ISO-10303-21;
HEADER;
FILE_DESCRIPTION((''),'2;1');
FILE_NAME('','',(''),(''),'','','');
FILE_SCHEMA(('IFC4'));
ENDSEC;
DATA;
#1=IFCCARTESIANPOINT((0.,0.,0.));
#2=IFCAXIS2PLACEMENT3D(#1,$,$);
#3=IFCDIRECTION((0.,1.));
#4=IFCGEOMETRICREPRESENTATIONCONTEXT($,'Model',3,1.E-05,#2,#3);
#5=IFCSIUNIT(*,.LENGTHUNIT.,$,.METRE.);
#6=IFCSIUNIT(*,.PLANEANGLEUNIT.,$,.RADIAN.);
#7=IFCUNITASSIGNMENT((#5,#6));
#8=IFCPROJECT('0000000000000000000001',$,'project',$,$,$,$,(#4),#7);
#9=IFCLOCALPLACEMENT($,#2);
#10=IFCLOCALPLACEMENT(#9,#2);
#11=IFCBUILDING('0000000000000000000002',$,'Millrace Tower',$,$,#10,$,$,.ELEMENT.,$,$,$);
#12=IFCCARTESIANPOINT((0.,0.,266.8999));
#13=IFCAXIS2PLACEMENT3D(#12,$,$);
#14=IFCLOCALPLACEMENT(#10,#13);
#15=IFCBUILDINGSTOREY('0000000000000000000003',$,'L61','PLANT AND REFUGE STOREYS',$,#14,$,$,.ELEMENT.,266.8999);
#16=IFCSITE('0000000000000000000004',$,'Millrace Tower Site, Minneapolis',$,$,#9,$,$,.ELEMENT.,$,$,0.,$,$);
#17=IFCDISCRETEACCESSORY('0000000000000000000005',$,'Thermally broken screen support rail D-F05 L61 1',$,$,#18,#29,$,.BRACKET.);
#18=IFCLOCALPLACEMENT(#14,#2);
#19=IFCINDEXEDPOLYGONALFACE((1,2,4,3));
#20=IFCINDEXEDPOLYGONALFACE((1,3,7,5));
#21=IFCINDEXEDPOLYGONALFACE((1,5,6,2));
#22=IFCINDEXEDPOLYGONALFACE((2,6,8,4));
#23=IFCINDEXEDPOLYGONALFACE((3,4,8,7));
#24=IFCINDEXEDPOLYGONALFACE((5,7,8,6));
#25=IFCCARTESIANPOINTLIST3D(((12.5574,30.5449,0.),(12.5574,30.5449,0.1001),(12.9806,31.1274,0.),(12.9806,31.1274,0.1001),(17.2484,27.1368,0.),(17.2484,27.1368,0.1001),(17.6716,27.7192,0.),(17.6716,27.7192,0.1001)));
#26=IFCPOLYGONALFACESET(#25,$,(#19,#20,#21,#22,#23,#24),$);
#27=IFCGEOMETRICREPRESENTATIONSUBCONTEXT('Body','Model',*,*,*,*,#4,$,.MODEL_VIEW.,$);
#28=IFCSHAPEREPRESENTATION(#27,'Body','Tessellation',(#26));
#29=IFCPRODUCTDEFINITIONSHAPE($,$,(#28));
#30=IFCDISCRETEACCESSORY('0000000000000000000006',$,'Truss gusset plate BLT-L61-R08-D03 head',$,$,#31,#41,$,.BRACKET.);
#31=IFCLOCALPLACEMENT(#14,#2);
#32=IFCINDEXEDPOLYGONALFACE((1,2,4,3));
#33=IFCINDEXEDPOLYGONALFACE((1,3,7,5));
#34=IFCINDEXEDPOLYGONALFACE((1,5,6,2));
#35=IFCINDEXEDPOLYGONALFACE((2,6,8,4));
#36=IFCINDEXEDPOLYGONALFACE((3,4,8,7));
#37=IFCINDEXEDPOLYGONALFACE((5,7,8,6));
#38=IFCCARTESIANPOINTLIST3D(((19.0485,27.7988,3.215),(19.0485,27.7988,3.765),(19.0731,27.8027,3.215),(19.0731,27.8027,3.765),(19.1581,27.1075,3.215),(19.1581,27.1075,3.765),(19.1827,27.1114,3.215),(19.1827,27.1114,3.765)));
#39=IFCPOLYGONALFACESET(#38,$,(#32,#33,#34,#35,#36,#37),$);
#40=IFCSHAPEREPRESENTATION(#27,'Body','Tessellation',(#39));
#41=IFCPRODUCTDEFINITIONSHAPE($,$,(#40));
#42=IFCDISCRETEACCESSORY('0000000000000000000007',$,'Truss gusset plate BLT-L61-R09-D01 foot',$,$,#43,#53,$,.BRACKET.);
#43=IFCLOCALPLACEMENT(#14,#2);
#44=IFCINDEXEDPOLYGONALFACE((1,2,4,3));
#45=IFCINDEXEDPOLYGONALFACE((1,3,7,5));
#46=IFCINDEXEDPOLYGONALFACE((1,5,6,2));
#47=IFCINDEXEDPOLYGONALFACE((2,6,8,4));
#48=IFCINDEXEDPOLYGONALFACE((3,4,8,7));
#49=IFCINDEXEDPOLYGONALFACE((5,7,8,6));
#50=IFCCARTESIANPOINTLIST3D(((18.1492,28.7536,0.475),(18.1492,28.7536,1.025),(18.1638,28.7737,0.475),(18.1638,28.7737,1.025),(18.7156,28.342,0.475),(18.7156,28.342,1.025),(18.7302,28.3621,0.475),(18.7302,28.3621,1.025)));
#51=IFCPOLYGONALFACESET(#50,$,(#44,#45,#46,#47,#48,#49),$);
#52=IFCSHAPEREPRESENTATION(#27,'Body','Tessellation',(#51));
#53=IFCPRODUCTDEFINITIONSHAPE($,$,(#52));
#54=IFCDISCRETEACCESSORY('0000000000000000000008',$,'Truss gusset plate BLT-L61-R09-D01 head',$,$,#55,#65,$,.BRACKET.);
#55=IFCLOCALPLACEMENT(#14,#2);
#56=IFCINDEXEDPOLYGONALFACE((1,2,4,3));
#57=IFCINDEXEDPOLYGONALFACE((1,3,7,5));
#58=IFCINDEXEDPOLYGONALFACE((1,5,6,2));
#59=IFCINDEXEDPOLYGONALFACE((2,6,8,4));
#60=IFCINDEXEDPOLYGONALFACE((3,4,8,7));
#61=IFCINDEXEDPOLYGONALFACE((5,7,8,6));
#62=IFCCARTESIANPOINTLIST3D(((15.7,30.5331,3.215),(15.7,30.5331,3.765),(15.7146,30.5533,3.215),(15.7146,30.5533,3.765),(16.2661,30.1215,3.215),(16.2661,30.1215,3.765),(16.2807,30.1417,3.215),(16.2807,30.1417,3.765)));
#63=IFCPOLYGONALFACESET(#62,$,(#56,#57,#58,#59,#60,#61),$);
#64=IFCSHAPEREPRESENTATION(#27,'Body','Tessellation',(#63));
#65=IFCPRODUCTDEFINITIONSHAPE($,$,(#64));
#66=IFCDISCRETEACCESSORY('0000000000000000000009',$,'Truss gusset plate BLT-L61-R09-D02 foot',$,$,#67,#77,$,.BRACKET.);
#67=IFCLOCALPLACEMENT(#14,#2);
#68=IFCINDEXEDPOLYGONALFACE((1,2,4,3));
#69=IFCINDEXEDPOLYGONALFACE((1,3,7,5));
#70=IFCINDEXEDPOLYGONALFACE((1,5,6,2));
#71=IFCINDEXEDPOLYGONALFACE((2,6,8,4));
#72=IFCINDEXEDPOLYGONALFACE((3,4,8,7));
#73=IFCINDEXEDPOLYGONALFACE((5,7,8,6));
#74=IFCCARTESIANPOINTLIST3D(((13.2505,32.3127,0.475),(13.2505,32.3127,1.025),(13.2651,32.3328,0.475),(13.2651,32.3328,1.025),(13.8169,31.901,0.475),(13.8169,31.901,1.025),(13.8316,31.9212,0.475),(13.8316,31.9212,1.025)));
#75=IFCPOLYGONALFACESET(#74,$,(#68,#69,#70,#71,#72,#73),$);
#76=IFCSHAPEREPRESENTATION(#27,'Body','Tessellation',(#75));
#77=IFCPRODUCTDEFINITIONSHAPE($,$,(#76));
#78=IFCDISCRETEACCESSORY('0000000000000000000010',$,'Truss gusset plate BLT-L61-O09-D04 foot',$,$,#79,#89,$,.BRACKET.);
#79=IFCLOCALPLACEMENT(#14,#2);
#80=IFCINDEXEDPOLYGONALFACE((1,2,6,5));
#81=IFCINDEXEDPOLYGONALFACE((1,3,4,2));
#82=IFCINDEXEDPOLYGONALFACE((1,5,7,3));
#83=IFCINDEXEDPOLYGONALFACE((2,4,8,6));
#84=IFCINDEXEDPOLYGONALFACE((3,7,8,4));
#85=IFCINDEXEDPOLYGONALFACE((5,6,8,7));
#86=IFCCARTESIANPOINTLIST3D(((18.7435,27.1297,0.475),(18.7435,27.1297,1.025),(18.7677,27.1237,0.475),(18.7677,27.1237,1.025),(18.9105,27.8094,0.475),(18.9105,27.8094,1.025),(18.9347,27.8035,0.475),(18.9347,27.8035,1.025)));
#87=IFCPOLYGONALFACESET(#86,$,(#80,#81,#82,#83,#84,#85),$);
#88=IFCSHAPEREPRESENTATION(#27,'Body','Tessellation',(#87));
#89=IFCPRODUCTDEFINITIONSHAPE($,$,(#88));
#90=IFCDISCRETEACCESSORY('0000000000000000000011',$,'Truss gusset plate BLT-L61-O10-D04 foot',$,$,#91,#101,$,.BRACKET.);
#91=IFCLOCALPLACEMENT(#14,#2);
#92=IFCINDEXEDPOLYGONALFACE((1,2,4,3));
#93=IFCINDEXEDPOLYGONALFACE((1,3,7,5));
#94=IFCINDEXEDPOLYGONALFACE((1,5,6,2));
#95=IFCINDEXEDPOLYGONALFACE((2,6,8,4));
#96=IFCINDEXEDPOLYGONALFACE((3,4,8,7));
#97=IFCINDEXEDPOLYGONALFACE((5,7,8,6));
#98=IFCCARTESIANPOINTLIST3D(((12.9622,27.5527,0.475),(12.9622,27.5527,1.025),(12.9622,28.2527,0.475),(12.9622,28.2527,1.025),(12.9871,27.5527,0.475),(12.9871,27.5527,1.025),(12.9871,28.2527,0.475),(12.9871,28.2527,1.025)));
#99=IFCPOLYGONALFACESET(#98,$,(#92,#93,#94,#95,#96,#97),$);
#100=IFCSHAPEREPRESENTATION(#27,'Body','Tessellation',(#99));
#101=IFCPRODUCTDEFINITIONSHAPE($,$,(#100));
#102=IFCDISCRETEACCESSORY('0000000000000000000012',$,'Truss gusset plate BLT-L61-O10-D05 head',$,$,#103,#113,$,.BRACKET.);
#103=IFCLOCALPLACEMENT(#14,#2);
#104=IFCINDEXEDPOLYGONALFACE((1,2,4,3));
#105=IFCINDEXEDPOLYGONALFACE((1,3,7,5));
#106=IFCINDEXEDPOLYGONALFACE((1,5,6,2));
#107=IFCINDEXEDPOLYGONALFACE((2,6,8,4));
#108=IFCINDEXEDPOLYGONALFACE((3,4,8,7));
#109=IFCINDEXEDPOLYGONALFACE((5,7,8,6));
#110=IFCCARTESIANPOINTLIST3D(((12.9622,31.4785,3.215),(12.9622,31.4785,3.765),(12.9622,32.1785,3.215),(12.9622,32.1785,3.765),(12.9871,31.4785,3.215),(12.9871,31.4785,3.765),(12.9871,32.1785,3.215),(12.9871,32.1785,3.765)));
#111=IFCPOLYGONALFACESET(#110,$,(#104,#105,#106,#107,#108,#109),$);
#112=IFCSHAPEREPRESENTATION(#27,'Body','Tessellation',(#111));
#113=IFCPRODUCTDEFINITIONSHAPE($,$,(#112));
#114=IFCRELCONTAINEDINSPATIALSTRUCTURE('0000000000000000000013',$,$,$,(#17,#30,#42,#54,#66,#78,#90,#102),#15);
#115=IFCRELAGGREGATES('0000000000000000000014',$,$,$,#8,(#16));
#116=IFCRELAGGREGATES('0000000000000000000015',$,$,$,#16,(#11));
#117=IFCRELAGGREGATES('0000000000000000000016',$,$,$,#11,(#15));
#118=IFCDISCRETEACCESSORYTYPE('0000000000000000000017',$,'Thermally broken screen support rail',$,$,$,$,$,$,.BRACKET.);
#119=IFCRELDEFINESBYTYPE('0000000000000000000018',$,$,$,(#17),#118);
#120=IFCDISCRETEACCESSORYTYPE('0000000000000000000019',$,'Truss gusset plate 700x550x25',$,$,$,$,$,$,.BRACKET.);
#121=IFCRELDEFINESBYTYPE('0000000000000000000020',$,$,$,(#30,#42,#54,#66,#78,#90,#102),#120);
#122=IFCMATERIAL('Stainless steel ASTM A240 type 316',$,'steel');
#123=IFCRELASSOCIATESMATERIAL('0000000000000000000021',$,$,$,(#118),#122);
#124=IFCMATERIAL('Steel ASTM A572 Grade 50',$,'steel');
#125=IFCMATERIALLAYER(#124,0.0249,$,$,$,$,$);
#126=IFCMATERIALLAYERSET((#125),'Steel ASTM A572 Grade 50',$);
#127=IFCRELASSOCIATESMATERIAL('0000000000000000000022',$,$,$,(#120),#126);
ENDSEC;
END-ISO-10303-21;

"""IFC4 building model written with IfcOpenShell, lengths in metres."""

from ifc_helpers import new_model, si_unit, direction, frame, origin, origin_2d, place, context, subcontext, project, spatial, rectangle, extrude, material, layer, layer_set, type_object, element, save


model = new_model("IFC4")

# Units and contexts
model_context = context("Model", 3, precision=1e-05, world=origin(), true_north=direction((0.0, 1.0)))
body_context = subcontext(model_context, "Body", "Model", "MODEL_VIEW")
ifc_project = project(units=[si_unit("LENGTHUNIT", "METRE"), si_unit("PLANEANGLEUNIT", "RADIAN")], contexts=[model_context])

# Site, building, storey
site_placement = place(None, origin())
site = spatial("IfcSite", under=ifc_project, at=site_placement, Name="Millrace Tower Site, Minneapolis", CompositionType="ELEMENT", RefElevation=0.0)
building_placement = place(site_placement, origin())
building = spatial("IfcBuilding", under=site, at=building_placement, Name="Millrace Tower", CompositionType="ELEMENT")
storey_placement = place(building_placement, frame((0.0, 0.0, 266.8999)))
storey = spatial("IfcBuildingStorey", under=building, at=storey_placement, Name="L61", Description="PLANT AND REFUGE STOREYS", CompositionType="ELEMENT", Elevation=266.8999)

# Discrete accessories
ifc_material_1 = material(Name="Stainless steel ASTM A240 type 316", Category="steel")
discrete_accessory_type_1 = type_object("IfcDiscreteAccessoryType", Name="Thermally broken screen support rail", PredefinedType="BRACKET", material=ifc_material_1)
discrete_accessory_1_placement = place(storey_placement, frame((15.1145, 29.1321, 0.0), z_axis=(0.0, 0.0, 1.0), x_axis=(-0.809017, 0.587785, 0.0)))
element("IfcDiscreteAccessory", 1, at=discrete_accessory_1_placement, inside=storey, type_object=discrete_accessory_type_1, Name="Thermally broken screen support rail D-F05 L61 1", PredefinedType="BRACKET", context=body_context, shape_type="SweptSolid", body=[
    extrude(rectangle(XDim=5.7983, YDim=0.72, at=origin_2d()), origin(), (0.0, 0.0, 1.0), 0.1001),
])
ifc_material_2 = material(Name="Steel ASTM A572 Grade 50", Category="steel")
ifc_layer_1 = layer(ifc_material_2, 0.0249)
ifc_layer_set_1 = layer_set([ifc_layer_1], Name="Steel ASTM A572 Grade 50")
discrete_accessory_type_2 = type_object("IfcDiscreteAccessoryType", Name="Truss gusset plate 700x550x25", PredefinedType="BRACKET", material=ifc_layer_set_1)
discrete_accessory_2_placement = place(storey_placement, frame((19.0608, 27.8008, 3.49), z_axis=(0.156589, -0.987664, 0.0), x_axis=(0.987664, 0.156589, 0.0)))
element("IfcDiscreteAccessory", 2, at=discrete_accessory_2_placement, inside=storey, type_object=discrete_accessory_type_2, Name="Truss gusset plate BLT-L61-R08-D03 head", PredefinedType="BRACKET", context=body_context, shape_type="SweptSolid", body=[
    extrude(rectangle(XDim=0.0249, YDim=0.55, at=origin_2d()), origin(), (0.0, 0.0, 1.0), 0.7),
])
discrete_accessory_3_placement = place(storey_placement, frame((18.1565, 28.7637, 0.75), z_axis=(0.808947, -0.587881, 0.0), x_axis=(0.587881, 0.808947, 0.0)))
element("IfcDiscreteAccessory", 3, at=discrete_accessory_3_placement, inside=storey, type_object=discrete_accessory_type_2, Name="Truss gusset plate BLT-L61-R09-D01 foot", PredefinedType="BRACKET", context=body_context, shape_type="SweptSolid", body=[
    extrude(rectangle(XDim=0.0249, YDim=0.55, at=origin_2d()), origin(), (0.0, 0.0, 1.0), 0.7002),
])
discrete_accessory_4_placement = place(storey_placement, frame((15.7073, 30.5432, 3.49), z_axis=(0.808827, -0.588047, 0.0), x_axis=(0.588047, 0.808827, 0.0)))
element("IfcDiscreteAccessory", 4, at=discrete_accessory_4_placement, inside=storey, type_object=discrete_accessory_type_2, Name="Truss gusset plate BLT-L61-R09-D01 head", PredefinedType="BRACKET", context=body_context, shape_type="SweptSolid", body=[
    extrude(rectangle(XDim=0.0249, YDim=0.55, at=origin_2d()), origin(), (0.0, 0.0, 1.0), 0.7),
])
discrete_accessory_5_placement = place(storey_placement, frame((13.2578, 32.3228, 0.75), z_axis=(0.808947, -0.587881, 0.0), x_axis=(0.587881, 0.808947, 0.0)))
element("IfcDiscreteAccessory", 5, at=discrete_accessory_5_placement, inside=storey, type_object=discrete_accessory_type_2, Name="Truss gusset plate BLT-L61-R09-D02 foot", PredefinedType="BRACKET", context=body_context, shape_type="SweptSolid", body=[
    extrude(rectangle(XDim=0.0249, YDim=0.55, at=origin_2d()), origin(), (0.0, 0.0, 1.0), 0.7002),
])
for number, where, z_axis, x_axis, name in (
    (6, (18.7556, 27.1267, 0.75), (0.238594, 0.971119, 0.0), (-0.971119, 0.238594, 0.0), "Truss gusset plate BLT-L61-O09-D04 foot"),
    (7, (12.9746, 27.5527, 0.75), (0.0, 1.0, 0.0), (-1.0, 0.0, 0.0), "Truss gusset plate BLT-L61-O10-D04 foot"),
    (8, (12.9746, 31.4785, 3.49), (0.0, 1.0, 0.0), (-1.0, 0.0, 0.0), "Truss gusset plate BLT-L61-O10-D05 head"),
):
    element("IfcDiscreteAccessory", number, at=place(storey_placement, frame(where, z_axis=z_axis, x_axis=x_axis)), inside=storey, type_object=discrete_accessory_type_2, Name=name, PredefinedType="BRACKET", context=body_context, shape_type="SweptSolid", body=[
        extrude(rectangle(XDim=0.0249, YDim=0.55, at=origin_2d()), origin(), (0.0, 0.0, 1.0), 0.7),
    ])

save(model, "model.ifc")
